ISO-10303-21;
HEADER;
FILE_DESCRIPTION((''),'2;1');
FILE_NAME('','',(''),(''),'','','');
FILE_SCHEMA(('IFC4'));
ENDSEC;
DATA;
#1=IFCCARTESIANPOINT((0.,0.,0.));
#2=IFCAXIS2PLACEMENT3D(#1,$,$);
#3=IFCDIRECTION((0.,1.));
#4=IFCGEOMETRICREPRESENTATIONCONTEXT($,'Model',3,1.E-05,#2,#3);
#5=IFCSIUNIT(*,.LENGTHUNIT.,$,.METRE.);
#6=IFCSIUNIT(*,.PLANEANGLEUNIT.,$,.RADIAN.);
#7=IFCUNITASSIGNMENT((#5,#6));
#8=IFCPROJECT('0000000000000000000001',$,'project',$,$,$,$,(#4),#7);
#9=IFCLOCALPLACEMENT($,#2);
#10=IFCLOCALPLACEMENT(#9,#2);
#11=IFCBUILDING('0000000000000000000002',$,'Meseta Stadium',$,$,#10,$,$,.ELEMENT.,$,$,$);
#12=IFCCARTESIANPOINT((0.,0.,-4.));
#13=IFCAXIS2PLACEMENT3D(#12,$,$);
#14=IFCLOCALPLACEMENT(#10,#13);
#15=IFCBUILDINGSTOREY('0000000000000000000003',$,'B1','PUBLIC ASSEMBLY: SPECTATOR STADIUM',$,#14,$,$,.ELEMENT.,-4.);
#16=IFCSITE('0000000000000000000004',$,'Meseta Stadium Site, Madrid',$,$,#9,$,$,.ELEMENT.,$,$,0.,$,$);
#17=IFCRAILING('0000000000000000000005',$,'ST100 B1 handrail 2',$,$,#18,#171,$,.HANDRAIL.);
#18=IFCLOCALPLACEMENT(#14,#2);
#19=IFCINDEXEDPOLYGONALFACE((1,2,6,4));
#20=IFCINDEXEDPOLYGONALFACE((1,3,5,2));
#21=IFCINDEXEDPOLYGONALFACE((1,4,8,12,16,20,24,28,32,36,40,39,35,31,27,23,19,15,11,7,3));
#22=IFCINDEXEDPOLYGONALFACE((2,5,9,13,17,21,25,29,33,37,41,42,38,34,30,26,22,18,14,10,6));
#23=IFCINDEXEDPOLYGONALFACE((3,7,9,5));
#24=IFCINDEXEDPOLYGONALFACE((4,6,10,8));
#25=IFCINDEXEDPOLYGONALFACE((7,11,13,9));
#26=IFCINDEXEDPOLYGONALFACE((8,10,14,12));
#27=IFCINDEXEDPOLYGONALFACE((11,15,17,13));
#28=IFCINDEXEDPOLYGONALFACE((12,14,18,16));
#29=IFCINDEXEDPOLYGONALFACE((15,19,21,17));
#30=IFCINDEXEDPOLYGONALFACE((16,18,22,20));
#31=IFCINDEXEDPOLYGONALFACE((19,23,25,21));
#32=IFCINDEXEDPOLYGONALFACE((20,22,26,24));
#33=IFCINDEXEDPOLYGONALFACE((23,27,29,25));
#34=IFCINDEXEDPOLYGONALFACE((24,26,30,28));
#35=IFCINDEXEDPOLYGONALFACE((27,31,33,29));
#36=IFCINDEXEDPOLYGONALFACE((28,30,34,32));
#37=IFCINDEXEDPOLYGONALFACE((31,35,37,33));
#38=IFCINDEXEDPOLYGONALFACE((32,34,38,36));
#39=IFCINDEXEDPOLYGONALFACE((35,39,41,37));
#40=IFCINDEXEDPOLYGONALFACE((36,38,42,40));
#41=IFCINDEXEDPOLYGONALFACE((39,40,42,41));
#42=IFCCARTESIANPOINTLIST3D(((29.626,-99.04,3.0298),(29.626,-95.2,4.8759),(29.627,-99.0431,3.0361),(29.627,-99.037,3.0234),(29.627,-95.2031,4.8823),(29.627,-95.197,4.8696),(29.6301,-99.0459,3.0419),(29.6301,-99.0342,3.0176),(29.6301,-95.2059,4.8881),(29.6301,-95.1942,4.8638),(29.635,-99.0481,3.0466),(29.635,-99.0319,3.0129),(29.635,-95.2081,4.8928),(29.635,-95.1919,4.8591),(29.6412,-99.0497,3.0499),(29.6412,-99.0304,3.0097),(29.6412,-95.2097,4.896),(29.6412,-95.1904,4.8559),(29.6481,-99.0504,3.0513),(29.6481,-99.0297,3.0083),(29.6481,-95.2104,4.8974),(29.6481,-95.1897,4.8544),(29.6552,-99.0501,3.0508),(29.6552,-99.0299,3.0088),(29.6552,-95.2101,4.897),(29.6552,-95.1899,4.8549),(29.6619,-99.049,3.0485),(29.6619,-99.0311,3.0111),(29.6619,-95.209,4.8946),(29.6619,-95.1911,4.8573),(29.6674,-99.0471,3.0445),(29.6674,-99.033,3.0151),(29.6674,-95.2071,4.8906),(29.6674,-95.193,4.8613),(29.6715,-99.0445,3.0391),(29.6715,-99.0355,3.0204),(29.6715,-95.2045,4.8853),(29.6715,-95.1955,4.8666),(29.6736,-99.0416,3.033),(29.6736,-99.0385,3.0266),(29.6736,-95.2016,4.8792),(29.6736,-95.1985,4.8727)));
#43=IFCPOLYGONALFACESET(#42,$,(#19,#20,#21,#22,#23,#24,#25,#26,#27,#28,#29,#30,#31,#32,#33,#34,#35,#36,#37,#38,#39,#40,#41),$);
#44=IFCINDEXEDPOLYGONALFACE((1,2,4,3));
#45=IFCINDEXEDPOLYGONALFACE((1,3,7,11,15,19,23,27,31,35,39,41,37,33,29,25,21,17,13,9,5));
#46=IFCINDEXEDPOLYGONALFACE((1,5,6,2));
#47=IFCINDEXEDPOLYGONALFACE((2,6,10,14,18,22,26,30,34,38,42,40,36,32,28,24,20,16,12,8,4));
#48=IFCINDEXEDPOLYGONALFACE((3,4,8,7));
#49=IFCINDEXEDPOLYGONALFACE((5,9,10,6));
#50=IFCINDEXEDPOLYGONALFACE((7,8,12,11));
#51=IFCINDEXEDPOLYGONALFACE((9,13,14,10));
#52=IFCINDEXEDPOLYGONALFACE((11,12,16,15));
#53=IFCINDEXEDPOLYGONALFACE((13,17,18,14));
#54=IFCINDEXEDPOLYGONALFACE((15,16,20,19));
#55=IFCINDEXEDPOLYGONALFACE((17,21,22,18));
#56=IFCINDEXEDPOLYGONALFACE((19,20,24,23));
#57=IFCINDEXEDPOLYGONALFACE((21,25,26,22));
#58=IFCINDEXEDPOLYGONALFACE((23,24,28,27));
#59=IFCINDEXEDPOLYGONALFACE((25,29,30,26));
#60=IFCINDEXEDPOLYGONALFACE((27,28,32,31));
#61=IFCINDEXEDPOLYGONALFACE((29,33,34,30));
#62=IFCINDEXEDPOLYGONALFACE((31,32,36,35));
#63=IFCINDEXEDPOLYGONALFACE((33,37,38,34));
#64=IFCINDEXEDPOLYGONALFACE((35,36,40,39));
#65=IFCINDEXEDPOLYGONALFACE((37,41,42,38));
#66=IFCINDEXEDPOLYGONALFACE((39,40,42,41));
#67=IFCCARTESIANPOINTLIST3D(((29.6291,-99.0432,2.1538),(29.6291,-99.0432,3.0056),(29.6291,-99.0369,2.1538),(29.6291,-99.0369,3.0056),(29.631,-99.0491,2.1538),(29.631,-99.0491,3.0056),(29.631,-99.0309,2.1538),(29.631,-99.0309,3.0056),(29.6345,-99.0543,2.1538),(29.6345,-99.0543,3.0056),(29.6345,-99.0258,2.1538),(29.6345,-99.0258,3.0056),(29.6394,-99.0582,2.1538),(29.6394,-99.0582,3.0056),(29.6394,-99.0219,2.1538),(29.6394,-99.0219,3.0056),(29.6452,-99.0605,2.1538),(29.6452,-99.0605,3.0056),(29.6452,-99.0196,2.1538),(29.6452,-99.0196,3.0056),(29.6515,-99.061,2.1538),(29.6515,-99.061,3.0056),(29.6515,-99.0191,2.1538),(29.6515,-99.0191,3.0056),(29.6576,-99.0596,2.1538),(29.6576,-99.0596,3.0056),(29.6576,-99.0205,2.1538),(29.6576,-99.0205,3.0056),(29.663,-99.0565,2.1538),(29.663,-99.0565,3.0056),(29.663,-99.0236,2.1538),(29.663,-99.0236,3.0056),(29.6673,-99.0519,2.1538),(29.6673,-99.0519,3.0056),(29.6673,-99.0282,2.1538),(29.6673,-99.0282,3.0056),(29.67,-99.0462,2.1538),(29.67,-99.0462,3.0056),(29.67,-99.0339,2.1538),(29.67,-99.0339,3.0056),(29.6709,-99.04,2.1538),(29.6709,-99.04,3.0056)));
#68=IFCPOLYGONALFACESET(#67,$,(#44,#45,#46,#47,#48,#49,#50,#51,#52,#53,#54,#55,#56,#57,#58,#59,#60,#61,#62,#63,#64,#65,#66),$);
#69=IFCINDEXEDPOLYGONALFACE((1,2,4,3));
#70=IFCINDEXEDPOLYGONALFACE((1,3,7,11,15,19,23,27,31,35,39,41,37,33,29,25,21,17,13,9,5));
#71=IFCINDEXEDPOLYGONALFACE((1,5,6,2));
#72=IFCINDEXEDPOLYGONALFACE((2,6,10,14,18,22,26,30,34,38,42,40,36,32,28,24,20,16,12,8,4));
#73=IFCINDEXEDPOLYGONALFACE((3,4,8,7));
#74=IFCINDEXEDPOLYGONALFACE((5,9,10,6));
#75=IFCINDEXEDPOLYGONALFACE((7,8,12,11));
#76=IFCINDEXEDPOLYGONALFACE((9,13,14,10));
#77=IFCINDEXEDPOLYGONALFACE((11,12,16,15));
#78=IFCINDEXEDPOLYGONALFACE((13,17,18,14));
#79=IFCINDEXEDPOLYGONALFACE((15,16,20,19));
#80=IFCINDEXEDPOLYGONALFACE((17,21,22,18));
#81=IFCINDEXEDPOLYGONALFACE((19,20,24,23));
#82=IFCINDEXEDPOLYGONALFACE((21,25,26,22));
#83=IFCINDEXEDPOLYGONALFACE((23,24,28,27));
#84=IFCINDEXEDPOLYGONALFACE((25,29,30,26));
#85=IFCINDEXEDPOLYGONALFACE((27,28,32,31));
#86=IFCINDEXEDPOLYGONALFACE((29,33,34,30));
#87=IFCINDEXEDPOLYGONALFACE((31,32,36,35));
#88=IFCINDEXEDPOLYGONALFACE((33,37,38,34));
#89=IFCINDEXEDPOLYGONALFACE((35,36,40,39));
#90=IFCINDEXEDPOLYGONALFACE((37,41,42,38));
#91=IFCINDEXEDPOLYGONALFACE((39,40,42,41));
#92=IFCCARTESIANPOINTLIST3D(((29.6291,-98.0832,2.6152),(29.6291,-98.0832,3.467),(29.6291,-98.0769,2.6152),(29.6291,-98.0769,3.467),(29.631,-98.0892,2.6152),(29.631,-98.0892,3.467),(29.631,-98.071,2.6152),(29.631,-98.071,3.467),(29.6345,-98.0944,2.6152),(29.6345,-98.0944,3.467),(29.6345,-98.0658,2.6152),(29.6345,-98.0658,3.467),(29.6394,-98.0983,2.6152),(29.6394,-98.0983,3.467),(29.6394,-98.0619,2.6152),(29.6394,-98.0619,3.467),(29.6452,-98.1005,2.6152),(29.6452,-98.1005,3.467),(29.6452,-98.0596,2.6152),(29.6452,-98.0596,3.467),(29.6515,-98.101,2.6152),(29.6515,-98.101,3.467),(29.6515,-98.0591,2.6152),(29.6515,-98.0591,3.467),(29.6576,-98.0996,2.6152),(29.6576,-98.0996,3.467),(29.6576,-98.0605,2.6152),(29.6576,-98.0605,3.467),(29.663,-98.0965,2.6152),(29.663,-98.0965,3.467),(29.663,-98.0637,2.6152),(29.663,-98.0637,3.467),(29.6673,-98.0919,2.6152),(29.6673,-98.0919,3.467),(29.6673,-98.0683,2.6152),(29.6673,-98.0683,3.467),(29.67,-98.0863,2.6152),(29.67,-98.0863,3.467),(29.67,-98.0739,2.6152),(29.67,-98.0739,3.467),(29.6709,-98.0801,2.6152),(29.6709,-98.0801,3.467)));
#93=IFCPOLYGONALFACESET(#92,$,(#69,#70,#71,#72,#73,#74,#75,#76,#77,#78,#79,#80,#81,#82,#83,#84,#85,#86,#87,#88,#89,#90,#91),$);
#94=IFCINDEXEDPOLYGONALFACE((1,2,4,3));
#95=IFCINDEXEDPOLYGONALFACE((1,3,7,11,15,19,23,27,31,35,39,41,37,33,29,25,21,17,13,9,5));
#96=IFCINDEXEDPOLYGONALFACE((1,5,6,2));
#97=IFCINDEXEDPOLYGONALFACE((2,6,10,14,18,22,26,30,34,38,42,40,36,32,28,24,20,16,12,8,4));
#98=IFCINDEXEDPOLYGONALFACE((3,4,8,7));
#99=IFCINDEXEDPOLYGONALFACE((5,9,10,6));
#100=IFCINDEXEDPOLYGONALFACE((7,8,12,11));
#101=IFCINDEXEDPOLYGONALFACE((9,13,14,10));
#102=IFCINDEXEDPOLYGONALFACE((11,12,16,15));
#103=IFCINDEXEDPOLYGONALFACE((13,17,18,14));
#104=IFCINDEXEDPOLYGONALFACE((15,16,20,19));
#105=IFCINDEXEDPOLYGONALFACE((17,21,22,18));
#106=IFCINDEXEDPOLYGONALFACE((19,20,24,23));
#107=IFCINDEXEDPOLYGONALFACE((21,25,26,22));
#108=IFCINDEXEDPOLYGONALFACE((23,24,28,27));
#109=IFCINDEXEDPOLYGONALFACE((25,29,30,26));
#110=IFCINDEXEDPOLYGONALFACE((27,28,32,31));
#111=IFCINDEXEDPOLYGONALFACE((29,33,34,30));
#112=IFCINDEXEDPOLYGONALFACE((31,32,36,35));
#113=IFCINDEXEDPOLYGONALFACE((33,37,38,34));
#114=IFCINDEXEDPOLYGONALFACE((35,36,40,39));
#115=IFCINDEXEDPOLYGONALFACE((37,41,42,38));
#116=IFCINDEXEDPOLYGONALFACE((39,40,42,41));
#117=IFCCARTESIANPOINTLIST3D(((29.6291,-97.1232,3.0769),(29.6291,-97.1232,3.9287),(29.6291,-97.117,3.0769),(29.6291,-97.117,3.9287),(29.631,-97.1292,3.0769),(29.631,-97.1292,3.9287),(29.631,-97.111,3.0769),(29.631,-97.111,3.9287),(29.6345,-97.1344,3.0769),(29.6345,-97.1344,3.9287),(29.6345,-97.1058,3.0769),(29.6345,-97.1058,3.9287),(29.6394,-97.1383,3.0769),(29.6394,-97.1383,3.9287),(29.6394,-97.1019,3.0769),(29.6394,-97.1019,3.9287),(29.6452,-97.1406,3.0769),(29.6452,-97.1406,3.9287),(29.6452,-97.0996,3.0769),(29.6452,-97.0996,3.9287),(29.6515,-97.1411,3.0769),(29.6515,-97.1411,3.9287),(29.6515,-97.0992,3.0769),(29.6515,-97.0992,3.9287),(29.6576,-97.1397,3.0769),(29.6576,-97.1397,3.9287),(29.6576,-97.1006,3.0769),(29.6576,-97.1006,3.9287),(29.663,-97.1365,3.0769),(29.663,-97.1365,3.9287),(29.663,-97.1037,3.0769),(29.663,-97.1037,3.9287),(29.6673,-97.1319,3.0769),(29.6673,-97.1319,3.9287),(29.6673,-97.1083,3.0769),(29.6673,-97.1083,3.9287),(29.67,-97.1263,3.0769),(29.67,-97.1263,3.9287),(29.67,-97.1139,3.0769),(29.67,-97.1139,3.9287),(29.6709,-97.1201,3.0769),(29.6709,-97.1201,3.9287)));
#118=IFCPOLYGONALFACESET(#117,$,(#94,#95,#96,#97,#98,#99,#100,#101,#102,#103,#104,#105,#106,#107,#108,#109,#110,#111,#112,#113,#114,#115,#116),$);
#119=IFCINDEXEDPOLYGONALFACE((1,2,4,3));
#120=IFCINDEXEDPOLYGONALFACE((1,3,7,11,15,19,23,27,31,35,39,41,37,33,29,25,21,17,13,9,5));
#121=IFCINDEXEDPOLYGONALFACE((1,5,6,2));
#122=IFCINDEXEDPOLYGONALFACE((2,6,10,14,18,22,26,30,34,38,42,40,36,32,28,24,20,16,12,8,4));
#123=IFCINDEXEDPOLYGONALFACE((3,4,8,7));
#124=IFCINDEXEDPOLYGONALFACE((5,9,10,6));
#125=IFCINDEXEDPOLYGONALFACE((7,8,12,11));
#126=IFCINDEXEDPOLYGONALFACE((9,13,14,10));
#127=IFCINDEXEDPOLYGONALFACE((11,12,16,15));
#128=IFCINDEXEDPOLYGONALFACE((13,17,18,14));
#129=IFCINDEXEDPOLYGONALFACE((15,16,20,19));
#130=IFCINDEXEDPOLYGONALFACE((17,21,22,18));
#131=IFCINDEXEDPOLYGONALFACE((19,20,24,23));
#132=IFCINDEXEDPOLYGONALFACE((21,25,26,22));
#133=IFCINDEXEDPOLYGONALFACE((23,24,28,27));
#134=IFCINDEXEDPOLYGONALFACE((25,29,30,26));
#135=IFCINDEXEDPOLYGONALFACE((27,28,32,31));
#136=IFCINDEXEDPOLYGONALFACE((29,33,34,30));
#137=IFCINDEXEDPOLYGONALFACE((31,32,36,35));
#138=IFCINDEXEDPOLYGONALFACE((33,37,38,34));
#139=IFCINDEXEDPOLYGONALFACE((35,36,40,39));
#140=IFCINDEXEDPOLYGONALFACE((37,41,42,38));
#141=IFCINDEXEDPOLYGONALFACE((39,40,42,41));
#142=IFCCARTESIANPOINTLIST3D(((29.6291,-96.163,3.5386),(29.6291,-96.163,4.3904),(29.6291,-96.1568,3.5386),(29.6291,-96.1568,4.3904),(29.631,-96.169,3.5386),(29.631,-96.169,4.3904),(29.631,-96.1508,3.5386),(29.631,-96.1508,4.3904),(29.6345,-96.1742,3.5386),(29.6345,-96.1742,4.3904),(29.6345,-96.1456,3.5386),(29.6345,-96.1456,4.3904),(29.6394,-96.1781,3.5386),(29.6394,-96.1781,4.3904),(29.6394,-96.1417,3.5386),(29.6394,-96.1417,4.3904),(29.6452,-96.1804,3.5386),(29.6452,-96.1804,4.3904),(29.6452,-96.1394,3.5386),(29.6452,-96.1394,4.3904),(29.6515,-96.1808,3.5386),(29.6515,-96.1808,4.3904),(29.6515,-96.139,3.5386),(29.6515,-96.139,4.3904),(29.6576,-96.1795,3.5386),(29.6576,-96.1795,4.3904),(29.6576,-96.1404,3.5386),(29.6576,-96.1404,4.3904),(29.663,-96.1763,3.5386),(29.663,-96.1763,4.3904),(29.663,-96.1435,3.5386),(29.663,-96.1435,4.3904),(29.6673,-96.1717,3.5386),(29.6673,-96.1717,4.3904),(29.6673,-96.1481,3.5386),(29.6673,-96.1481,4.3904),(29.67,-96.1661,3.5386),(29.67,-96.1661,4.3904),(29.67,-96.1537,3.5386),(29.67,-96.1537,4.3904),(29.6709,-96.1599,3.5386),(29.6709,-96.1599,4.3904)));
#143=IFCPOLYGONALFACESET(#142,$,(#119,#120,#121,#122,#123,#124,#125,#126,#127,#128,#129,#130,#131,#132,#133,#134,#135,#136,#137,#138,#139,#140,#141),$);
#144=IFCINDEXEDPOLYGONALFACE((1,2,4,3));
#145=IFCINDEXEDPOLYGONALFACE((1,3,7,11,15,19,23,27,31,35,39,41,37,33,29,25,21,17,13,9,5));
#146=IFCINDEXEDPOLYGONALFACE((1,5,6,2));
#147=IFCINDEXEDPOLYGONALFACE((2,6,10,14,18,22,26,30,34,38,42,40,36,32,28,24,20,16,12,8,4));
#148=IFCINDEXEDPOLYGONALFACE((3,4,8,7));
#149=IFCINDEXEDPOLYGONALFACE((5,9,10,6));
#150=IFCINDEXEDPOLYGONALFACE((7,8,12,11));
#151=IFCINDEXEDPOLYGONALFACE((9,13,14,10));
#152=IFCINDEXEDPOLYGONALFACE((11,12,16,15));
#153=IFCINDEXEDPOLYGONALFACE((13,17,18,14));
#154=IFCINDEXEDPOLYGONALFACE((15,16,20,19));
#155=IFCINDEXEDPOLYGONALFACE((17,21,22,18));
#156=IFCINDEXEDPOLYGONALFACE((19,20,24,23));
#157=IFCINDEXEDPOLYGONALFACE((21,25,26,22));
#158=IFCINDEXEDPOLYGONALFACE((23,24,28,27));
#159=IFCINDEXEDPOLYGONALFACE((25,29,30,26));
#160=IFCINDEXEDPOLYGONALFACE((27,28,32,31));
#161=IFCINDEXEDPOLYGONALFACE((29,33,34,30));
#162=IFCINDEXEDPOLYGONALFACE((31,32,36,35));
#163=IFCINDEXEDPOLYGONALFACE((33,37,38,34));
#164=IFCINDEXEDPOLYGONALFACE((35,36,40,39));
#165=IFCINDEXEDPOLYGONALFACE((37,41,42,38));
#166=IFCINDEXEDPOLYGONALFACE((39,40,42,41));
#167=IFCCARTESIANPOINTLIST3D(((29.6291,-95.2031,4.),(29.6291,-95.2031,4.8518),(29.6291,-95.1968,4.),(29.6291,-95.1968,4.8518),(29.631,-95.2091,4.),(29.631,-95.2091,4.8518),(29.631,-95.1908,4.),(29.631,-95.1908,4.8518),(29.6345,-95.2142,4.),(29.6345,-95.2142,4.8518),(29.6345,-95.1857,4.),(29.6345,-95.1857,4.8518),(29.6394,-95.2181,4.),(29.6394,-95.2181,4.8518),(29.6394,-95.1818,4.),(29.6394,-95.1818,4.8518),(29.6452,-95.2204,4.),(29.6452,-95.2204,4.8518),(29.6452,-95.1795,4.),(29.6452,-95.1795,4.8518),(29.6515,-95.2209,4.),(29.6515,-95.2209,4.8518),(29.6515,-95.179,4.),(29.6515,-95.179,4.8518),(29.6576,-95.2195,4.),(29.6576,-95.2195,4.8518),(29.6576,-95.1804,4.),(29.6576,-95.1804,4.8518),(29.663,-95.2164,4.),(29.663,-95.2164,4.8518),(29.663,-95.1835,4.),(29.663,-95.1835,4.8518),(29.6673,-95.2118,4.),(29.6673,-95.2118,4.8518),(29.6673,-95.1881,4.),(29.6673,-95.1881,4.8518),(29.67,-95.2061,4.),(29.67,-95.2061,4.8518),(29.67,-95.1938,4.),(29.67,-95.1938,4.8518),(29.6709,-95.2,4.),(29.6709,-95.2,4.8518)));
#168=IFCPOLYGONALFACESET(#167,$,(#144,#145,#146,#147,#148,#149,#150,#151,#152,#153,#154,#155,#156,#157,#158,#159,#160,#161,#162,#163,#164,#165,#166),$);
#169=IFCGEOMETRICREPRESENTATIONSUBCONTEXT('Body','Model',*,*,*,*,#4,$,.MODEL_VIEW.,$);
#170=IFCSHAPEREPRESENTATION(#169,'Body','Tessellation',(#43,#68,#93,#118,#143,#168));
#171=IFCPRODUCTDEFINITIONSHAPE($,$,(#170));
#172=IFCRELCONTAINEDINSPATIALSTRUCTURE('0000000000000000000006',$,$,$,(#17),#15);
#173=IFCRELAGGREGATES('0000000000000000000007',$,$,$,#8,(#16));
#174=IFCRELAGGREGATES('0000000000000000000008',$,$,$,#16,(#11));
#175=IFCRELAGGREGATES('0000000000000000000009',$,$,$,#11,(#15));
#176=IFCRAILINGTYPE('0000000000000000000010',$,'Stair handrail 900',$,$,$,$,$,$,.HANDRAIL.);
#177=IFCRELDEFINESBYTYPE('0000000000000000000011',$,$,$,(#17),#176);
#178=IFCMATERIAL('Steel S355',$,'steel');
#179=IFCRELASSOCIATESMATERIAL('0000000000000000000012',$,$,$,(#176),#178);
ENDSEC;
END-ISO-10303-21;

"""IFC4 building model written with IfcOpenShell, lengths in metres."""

from ifc_helpers import new_model, si_unit, direction, frame, origin, origin_2d, place, context, subcontext, project, spatial, circle, extrude, material, type_object, element, save


model = new_model("IFC4")

# Units and contexts
model_context = context("Model", 3, precision=1e-05, world=origin(), true_north=direction((0.0, 1.0)))
body_context = subcontext(model_context, "Body", "Model", "MODEL_VIEW")
ifc_project = project(units=[si_unit("LENGTHUNIT", "METRE"), si_unit("PLANEANGLEUNIT", "RADIAN")], contexts=[model_context])

# Site, building, storey
site_placement = place(None, origin())
site = spatial("IfcSite", under=ifc_project, at=site_placement, Name="Meseta Stadium Site, Madrid", CompositionType="ELEMENT", RefElevation=0.0)
building_placement = place(site_placement, origin())
building = spatial("IfcBuilding", under=site, at=building_placement, Name="Meseta Stadium", CompositionType="ELEMENT")
storey_placement = place(building_placement, frame((0.0, 0.0, -4.0)))
storey = spatial("IfcBuildingStorey", under=building, at=storey_placement, Name="B1", Description="PUBLIC ASSEMBLY: SPECTATOR STADIUM", CompositionType="ELEMENT", Elevation=-4.0)

# Railing
ifc_material_1 = material(Name="Steel S355", Category="steel")
railing_type_1 = type_object("IfcRailingType", Name="Stair handrail 900", PredefinedType="HANDRAIL", material=ifc_material_1)
for number, where, name in (
    (1, (29.6499, -99.04, 2.1538), "ST100 B1 handrail 2"),
):
    element("IfcRailing", number, at=place(storey_placement, frame(where)), inside=storey, type_object=railing_type_1, Name=name, PredefinedType="HANDRAIL", context=body_context, shape_type="SweptSolid", body=[
        extrude(circle(Radius=0.0239, at=origin_2d()), frame((0.0, 0.0, 0.876), z_axis=(0.0, 0.901253, 0.433294), x_axis=(-1.0, 0.0, 0.0)), (0.0, 0.0, 1.0), 4.2607),
        extrude(circle(Radius=0.021, at=origin_2d()), origin(), (0.0, 0.0, 1.0), 0.8518),
        extrude(circle(Radius=0.021, at=origin_2d()), frame((0.0, 0.96, 0.4614)), (0.0, 0.0, 1.0), 0.8518),
        extrude(circle(Radius=0.021, at=origin_2d()), frame((0.0, 1.9199, 0.9231)), (0.0, 0.0, 1.0), 0.8518),
        extrude(circle(Radius=0.021, at=origin_2d()), frame((0.0, 2.8801, 1.3848)), (0.0, 0.0, 1.0), 0.8518),
        extrude(circle(Radius=0.021, at=origin_2d()), frame((0.0, 3.8401, 1.8462)), (0.0, 0.0, 1.0), 0.8518),
    ])

save(model, "model.ifc")
